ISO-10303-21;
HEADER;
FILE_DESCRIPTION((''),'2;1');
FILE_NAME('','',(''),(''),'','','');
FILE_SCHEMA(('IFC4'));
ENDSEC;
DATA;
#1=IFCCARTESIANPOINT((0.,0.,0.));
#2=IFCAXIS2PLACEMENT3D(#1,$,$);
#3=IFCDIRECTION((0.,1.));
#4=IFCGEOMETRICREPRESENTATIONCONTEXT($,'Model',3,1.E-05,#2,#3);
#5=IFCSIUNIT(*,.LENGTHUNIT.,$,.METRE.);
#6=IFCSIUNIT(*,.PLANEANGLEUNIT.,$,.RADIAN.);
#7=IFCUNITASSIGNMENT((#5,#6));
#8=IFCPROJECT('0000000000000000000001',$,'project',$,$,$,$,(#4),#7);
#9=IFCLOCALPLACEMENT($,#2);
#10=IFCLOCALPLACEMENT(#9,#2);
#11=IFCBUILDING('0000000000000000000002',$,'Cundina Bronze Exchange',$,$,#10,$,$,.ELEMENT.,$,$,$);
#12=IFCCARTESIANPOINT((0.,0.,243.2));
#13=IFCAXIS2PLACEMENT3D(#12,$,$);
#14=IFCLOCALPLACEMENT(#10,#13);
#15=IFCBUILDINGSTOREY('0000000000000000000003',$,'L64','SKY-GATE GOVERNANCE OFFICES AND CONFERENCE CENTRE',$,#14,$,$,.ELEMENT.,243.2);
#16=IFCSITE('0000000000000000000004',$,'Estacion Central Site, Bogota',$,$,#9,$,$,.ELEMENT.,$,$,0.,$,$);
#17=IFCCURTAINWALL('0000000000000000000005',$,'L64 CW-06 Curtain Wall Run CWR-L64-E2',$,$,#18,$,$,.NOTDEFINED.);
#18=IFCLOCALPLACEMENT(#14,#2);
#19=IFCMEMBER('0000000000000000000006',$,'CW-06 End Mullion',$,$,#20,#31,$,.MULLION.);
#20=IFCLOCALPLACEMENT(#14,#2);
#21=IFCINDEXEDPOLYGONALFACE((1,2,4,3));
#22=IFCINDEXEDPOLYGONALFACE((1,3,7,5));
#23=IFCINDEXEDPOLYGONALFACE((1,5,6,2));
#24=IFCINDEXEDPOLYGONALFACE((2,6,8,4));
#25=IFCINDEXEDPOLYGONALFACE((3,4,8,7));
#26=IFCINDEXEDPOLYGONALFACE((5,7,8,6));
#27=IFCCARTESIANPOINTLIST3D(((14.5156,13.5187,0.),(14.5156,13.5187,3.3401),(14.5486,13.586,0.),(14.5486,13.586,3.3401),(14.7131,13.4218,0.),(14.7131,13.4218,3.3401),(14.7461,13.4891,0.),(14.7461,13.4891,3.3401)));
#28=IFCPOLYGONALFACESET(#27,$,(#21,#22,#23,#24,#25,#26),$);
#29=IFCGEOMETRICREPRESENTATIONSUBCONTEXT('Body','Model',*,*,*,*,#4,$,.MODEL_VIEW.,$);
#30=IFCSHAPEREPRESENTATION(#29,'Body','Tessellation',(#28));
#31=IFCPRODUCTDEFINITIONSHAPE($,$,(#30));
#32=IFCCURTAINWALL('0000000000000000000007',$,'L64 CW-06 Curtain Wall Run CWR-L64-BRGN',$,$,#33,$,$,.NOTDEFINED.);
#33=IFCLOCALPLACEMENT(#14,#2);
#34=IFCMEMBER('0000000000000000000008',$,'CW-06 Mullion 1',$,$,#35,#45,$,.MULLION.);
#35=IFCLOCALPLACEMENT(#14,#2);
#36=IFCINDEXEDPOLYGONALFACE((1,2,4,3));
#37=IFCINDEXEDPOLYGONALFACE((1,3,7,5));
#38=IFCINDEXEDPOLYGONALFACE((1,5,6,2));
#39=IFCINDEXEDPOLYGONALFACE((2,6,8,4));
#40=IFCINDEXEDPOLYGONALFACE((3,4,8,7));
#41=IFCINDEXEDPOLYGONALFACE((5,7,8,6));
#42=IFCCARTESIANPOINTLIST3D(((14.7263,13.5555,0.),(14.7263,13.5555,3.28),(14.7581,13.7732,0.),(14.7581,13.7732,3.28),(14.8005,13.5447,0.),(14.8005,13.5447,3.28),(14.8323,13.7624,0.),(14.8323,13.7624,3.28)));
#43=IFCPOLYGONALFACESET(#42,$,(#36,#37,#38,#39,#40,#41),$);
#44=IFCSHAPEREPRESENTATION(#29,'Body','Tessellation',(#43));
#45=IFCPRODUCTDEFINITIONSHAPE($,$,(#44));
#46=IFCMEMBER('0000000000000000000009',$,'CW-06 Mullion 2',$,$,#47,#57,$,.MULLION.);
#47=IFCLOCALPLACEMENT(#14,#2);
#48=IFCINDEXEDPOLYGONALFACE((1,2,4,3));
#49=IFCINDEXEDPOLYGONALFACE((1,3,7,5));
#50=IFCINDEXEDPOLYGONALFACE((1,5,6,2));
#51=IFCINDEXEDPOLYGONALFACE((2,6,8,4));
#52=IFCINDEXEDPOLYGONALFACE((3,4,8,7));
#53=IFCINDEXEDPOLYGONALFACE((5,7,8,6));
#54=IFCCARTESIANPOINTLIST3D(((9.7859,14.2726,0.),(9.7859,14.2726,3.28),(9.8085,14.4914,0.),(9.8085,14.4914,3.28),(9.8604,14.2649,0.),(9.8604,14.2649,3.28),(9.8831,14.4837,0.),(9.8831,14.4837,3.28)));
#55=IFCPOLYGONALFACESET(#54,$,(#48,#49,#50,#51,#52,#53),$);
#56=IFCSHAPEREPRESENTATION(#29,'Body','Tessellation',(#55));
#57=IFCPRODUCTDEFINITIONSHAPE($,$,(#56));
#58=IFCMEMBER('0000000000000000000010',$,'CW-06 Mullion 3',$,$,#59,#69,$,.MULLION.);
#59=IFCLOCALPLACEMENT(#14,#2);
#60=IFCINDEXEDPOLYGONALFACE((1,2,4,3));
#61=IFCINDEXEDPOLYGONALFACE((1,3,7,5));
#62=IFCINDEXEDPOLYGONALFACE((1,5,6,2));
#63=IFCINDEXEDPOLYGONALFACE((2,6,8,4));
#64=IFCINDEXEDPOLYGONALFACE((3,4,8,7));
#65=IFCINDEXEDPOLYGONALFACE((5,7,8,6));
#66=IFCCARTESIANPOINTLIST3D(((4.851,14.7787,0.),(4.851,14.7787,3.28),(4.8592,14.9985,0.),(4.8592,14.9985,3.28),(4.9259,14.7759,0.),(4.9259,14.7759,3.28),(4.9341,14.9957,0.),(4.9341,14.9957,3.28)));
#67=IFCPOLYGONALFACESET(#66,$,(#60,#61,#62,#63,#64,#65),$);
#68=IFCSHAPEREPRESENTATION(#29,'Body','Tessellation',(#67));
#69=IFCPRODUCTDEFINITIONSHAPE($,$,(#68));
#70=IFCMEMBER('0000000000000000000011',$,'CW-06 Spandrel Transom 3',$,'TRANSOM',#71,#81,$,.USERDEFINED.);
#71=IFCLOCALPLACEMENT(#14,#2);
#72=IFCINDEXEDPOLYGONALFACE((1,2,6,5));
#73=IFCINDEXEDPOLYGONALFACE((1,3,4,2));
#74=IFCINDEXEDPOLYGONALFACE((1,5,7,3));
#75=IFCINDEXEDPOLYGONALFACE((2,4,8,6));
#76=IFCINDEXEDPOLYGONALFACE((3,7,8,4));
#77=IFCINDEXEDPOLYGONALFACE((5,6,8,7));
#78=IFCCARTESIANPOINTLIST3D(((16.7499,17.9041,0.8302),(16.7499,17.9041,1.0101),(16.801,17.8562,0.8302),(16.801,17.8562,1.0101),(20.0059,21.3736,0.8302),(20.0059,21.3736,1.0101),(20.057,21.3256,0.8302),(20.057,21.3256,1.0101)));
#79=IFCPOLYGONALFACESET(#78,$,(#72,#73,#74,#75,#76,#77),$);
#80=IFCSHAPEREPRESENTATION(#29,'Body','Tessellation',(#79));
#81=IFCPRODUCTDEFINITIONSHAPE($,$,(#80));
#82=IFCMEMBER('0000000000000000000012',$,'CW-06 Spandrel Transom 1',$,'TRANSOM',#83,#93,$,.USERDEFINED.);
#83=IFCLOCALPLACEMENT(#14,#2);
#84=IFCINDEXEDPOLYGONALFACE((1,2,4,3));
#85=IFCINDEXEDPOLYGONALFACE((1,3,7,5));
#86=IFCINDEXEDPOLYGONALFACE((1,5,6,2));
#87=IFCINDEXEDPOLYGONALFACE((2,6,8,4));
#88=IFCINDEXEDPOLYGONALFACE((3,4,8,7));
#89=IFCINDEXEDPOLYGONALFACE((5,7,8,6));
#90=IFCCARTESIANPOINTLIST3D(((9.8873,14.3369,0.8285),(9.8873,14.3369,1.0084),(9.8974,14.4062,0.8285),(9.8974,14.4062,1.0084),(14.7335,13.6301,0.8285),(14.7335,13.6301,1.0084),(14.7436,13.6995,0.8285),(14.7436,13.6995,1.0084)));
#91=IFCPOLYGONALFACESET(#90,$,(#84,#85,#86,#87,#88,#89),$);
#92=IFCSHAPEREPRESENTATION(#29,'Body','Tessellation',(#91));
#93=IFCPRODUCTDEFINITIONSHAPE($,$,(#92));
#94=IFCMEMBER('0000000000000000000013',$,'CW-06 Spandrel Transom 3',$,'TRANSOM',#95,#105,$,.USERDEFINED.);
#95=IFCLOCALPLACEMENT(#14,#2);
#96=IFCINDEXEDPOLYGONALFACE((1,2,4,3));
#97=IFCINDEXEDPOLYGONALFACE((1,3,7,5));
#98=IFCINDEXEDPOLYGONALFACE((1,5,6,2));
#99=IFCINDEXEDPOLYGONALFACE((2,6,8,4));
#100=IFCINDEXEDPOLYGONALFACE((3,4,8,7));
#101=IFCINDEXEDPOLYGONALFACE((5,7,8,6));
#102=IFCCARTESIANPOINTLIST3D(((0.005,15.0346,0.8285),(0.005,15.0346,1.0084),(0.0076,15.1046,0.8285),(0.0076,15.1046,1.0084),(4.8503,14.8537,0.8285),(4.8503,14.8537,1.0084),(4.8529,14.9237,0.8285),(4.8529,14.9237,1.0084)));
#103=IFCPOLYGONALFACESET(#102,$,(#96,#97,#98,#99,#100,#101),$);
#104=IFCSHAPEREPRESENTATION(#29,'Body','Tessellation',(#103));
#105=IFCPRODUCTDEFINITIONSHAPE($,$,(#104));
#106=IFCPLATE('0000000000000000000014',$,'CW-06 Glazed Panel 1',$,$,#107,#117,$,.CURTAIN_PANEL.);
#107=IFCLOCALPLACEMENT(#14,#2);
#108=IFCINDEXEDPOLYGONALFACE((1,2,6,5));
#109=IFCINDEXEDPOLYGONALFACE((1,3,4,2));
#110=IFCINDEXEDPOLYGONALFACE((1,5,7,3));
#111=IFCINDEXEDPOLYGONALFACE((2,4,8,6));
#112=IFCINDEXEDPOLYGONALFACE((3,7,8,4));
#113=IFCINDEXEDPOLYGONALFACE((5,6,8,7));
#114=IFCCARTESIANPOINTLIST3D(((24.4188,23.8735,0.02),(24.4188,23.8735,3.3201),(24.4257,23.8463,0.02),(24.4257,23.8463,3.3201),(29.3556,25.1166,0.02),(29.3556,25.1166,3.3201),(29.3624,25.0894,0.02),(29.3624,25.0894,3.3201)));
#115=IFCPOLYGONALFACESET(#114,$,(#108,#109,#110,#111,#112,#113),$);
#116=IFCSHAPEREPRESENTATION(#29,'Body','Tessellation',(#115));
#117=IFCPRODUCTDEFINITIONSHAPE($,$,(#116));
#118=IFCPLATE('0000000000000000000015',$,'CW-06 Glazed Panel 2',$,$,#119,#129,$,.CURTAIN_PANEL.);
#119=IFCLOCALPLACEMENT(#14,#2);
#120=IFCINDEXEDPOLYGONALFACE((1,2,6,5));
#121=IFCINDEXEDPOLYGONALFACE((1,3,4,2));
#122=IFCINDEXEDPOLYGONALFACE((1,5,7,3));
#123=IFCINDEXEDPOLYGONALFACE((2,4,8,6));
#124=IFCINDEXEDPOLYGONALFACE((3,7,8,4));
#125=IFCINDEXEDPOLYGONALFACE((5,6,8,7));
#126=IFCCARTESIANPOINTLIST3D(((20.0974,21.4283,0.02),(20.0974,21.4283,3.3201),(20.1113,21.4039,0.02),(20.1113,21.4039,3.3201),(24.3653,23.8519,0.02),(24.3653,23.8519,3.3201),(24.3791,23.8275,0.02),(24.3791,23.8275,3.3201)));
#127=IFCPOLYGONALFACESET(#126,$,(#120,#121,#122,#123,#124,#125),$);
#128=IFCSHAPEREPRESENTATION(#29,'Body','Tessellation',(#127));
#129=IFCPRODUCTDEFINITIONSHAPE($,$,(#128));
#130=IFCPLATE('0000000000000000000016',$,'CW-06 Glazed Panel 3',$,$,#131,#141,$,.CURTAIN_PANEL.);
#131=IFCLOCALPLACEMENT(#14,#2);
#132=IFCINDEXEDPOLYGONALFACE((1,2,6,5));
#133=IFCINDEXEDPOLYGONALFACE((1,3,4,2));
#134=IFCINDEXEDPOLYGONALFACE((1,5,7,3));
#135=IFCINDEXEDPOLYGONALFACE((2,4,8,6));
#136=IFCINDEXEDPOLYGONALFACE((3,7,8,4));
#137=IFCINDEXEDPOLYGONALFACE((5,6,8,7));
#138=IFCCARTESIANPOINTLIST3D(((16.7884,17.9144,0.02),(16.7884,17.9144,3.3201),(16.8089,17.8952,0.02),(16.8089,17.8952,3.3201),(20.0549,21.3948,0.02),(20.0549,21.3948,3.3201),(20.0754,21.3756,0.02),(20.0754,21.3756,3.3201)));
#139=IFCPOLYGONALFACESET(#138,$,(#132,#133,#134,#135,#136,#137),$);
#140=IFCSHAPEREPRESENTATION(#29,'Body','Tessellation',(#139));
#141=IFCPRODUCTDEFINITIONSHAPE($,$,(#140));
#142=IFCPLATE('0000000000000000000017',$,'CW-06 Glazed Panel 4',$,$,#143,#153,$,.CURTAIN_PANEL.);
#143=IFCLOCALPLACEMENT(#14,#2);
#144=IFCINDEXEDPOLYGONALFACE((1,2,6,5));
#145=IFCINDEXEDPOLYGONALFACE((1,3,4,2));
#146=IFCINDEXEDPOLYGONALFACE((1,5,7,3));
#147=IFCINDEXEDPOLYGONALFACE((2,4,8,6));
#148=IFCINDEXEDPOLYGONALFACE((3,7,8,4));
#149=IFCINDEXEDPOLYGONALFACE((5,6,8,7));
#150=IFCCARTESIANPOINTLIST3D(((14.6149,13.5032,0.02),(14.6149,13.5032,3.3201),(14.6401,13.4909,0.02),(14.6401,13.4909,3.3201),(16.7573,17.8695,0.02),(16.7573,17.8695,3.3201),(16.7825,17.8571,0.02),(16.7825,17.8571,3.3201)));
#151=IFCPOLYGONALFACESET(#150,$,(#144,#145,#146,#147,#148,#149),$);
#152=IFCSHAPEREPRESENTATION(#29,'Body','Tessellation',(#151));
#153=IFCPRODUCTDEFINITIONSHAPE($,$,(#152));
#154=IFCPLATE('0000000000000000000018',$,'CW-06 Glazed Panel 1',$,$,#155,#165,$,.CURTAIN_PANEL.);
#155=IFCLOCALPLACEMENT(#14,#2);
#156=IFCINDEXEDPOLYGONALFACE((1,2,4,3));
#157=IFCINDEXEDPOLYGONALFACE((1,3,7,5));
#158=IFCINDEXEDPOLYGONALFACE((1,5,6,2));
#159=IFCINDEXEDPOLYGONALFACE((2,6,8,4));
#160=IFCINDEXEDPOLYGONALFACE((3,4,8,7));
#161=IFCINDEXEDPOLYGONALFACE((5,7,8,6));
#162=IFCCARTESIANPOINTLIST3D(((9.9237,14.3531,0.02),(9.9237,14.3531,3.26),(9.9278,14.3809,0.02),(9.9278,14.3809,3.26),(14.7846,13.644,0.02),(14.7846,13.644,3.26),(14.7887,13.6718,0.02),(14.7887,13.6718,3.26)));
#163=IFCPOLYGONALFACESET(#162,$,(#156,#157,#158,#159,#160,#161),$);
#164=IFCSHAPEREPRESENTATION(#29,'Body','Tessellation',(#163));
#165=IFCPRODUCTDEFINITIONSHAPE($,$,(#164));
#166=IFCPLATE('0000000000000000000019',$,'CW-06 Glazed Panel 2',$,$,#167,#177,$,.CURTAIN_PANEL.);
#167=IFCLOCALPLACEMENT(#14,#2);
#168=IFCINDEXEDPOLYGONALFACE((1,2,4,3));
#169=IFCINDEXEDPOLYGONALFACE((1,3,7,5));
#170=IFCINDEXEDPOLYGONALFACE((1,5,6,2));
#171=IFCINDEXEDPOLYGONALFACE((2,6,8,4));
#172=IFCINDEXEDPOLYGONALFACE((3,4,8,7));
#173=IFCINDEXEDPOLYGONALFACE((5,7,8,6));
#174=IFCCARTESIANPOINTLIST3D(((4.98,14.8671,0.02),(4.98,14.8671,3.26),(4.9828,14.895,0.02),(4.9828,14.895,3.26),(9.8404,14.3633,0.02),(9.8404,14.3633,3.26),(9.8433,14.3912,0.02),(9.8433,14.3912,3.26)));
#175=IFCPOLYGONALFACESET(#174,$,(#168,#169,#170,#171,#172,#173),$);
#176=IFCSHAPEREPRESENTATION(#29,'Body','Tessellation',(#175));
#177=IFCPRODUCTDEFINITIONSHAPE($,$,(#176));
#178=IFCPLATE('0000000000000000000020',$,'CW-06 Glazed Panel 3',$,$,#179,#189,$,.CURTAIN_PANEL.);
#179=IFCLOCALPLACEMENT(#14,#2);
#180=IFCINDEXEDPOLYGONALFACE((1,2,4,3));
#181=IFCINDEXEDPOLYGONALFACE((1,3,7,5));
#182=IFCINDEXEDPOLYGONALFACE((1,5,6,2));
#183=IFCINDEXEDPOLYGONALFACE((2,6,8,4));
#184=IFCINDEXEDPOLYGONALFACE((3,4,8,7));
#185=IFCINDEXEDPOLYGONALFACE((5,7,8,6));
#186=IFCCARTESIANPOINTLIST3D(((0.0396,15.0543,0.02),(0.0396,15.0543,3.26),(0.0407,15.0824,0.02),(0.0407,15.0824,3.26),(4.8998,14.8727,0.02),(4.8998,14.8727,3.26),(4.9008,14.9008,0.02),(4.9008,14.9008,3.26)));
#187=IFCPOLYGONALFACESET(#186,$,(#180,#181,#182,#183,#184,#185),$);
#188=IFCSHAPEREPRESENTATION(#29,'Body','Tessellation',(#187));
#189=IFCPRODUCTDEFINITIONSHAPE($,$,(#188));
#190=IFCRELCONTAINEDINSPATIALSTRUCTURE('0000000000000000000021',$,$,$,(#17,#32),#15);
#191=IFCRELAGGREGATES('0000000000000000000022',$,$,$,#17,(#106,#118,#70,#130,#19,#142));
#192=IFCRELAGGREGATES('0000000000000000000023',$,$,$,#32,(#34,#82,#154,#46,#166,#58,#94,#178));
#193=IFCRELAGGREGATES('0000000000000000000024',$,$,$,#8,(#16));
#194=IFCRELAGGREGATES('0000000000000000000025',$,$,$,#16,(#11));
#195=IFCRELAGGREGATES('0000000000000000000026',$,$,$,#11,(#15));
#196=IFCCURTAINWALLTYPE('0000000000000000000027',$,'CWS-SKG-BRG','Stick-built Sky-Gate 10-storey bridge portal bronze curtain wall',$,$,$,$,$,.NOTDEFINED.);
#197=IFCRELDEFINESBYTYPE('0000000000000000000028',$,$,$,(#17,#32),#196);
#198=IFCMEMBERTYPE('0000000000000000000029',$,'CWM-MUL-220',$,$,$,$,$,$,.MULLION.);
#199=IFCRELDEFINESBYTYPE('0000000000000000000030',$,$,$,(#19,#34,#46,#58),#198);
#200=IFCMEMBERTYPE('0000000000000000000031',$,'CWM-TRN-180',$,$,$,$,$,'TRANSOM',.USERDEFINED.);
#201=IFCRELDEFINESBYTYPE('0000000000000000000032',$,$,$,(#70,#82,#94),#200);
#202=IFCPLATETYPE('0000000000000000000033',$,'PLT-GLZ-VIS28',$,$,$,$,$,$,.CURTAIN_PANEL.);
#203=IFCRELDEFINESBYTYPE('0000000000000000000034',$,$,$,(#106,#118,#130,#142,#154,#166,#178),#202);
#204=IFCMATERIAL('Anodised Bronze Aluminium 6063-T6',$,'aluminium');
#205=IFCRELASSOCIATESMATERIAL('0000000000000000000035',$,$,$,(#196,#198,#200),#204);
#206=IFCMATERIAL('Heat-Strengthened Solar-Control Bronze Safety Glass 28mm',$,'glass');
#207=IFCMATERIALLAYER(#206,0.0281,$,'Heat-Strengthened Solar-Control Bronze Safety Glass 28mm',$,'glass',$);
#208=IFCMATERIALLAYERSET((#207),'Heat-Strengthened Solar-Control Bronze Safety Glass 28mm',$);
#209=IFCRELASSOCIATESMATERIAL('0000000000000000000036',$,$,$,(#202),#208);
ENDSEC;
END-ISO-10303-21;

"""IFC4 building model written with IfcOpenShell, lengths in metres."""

from ifc_helpers import new_model, si_unit, direction, frame, origin, origin_2d, place, context, subcontext, project, spatial, rectangle, extrude, material, layer, layer_set, material_profile, profile_set, type_object, element, aggregate, save


model = new_model("IFC4")

# Units and contexts
model_context = context("Model", 3, precision=1e-05, world=origin(), true_north=direction((0.0, 1.0)))
body_context = subcontext(model_context, "Body", "Model", "MODEL_VIEW")
ifc_project = project(units=[si_unit("LENGTHUNIT", "METRE"), si_unit("PLANEANGLEUNIT", "RADIAN")], contexts=[model_context])

# Site, building, storey
site_placement = place(None, origin())
site = spatial("IfcSite", under=ifc_project, at=site_placement, Name="Estacion Central Site, Bogota", CompositionType="ELEMENT", RefElevation=0.0)
building_placement = place(site_placement, origin())
building = spatial("IfcBuilding", under=site, at=building_placement, Name="Cundina Bronze Exchange", CompositionType="ELEMENT")
storey_placement = place(building_placement, frame((0.0, 0.0, 243.2)))
storey = spatial("IfcBuildingStorey", under=building, at=storey_placement, Name="L64", Description="SKY-GATE GOVERNANCE OFFICES AND CONFERENCE CENTRE", CompositionType="ELEMENT", Elevation=243.2)

# Curtain walls, members
ifc_material_1 = material(Name="Anodised Bronze Aluminium 6063-T6", Category="aluminium")
curtain_wall_type = type_object("IfcCurtainWallType", Name="CWS-SKG-BRG", Description="Stick-built Sky-Gate 10-storey bridge portal bronze curtain wall", PredefinedType="NOTDEFINED", material=ifc_material_1)
curtain_wall_1_placement = place(storey_placement, origin())
curtain_wall_1 = element("IfcCurtainWall", 1, at=curtain_wall_1_placement, inside=storey, type_object=curtain_wall_type, Name="L64 CW-06 Curtain Wall Run CWR-L64-E2", PredefinedType="NOTDEFINED")
ifc_material_profile_1 = material_profile(ifc_material_1, rectangle(XDim=0.075, YDim=0.22, at=origin_2d()), Name="AL75X220", Category="aluminium")
ifc_profile_set_1 = profile_set([ifc_material_profile_1], Name="Anodised Bronze Aluminium 6063-T6")
member_type_1 = type_object("IfcMemberType", Name="CWM-MUL-220", PredefinedType="MULLION", material=ifc_profile_set_1)
member_1_placement = place(storey_placement, frame((14.6309, 13.5039, 0.0), z_axis=(0.0, 0.0, 1.0), x_axis=(-0.440566, -0.89772, 0.0)))
member_1 = element("IfcMember", 2, at=member_1_placement, type_object=member_type_1, Name="CW-06 End Mullion", PredefinedType="MULLION", context=body_context, shape_type="SweptSolid", body=[
    extrude(rectangle(XDim=0.075, YDim=0.22, at=origin_2d()), origin(), (0.0, 0.0, 1.0), 3.3401),
])
curtain_wall_2_placement = place(storey_placement, origin())
curtain_wall_2 = element("IfcCurtainWall", 3, at=curtain_wall_2_placement, inside=storey, type_object=curtain_wall_type, Name="L64 CW-06 Curtain Wall Run CWR-L64-BRGN", PredefinedType="NOTDEFINED")
member_2_placement = place(storey_placement, frame((14.7793, 13.6589, 0.0), z_axis=(0.0, 0.0, 1.0), x_axis=(-0.989526, 0.144356, 0.0)))
member_2 = element("IfcMember", 4, at=member_2_placement, type_object=member_type_1, Name="CW-06 Mullion 1", PredefinedType="MULLION", context=body_context, shape_type="SweptSolid", body=[
    extrude(rectangle(XDim=0.075, YDim=0.22, at=origin_2d()), origin(), (0.0, 0.0, 1.0), 3.28),
])
member_3_placement = place(storey_placement, frame((9.8345, 14.3782, 0.0), z_axis=(0.0, 0.0, 1.0), x_axis=(-0.994667, 0.10314, 0.0)))
member_3 = element("IfcMember", 5, at=member_3_placement, type_object=member_type_1, Name="CW-06 Mullion 2", PredefinedType="MULLION", context=body_context, shape_type="SweptSolid", body=[
    extrude(rectangle(XDim=0.075, YDim=0.22, at=origin_2d()), origin(), (0.0, 0.0, 1.0), 3.28),
])
member_4_placement = place(storey_placement, frame((4.8926, 14.8872, 0.0), z_axis=(0.0, 0.0, 1.0), x_axis=(-0.999303, 0.037341, 0.0)))
member_4 = element("IfcMember", 6, at=member_4_placement, type_object=member_type_1, Name="CW-06 Mullion 3", PredefinedType="MULLION", context=body_context, shape_type="SweptSolid", body=[
    extrude(rectangle(XDim=0.075, YDim=0.22, at=origin_2d()), origin(), (0.0, 0.0, 1.0), 3.28),
])

# Members
ifc_material_profile_2 = material_profile(ifc_material_1, rectangle(XDim=0.0701, YDim=0.1799, at=origin_2d()), Name="AL70X180", Category="aluminium")
ifc_profile_set_2 = profile_set([ifc_material_profile_2], Name="Anodised Bronze Aluminium 6063-T6")
member_type_2 = type_object("IfcMemberType", Name="CWM-TRN-180", ElementType="TRANSOM", PredefinedType="USERDEFINED", material=ifc_profile_set_2)
member_5_placement = place(storey_placement, frame((20.0315, 21.3496, 0.9202), z_axis=(-0.684328, -0.729174, 0.0), x_axis=(0.729174, -0.684328, 0.0)))
member_5 = element("IfcMember", 7, at=member_5_placement, type_object=member_type_2, Name="CW-06 Spandrel Transom 3", ObjectType="TRANSOM", PredefinedType="USERDEFINED", context=body_context, shape_type="SweptSolid", body=[
    extrude(rectangle(XDim=0.0701, YDim=0.1799, at=origin_2d()), origin(), (0.0, 0.0, 1.0), 4.7581),
])
member_6_placement = place(storey_placement, frame((14.7385, 13.6648, 0.9185), z_axis=(-0.989531, 0.144317, 0.0), x_axis=(-0.144317, -0.989531, 0.0)))
member_6 = element("IfcMember", 8, at=member_6_placement, type_object=member_type_2, Name="CW-06 Spandrel Transom 1", ObjectType="TRANSOM", PredefinedType="USERDEFINED", context=body_context, shape_type="SweptSolid", body=[
    extrude(rectangle(XDim=0.0701, YDim=0.1799, at=origin_2d()), origin(), (0.0, 0.0, 1.0), 4.8975),
])
member_7_placement = place(storey_placement, frame((4.8516, 14.8887, 0.9185), z_axis=(-0.999304, 0.037312, 0.0), x_axis=(-0.037312, -0.999304, 0.0)))
member_7 = element("IfcMember", 9, at=member_7_placement, type_object=member_type_2, Name="CW-06 Spandrel Transom 3", ObjectType="TRANSOM", PredefinedType="USERDEFINED", context=body_context, shape_type="SweptSolid", body=[
    extrude(rectangle(XDim=0.0701, YDim=0.1799, at=origin_2d()), origin(), (0.0, 0.0, 1.0), 4.8486),
])

# Plates
ifc_material_2 = material(Name="Heat-Strengthened Solar-Control Bronze Safety Glass 28mm", Category="glass")
ifc_layer_1 = layer(ifc_material_2, 0.0281, Name="Heat-Strengthened Solar-Control Bronze Safety Glass 28mm", Category="glass")
ifc_layer_set_1 = layer_set([ifc_layer_1], Name="Heat-Strengthened Solar-Control Bronze Safety Glass 28mm")
plate_type = type_object("IfcPlateType", Name="PLT-GLZ-VIS28", PredefinedType="CURTAIN_PANEL", material=ifc_layer_set_1)
plate_1_placement = place(storey_placement, frame((26.8906, 24.4814, 0.02), z_axis=(0.0, 0.0, 1.0), x_axis=(-0.969732, -0.244174, 0.0)))
plate_1 = element("IfcPlate", 10, at=plate_1_placement, type_object=plate_type, Name="CW-06 Glazed Panel 1", PredefinedType="CURTAIN_PANEL", context=body_context, shape_type="SweptSolid", body=[
    extrude(rectangle(XDim=5.0908, YDim=0.0281, at=origin_2d()), origin(), (0.0, 0.0, 1.0), 3.3),
])
plate_2_placement = place(storey_placement, frame((22.2383, 22.6279, 0.02), z_axis=(0.0, 0.0, 1.0), x_axis=(-0.869573, -0.493805, 0.0)))
plate_2 = element("IfcPlate", 11, at=plate_2_placement, type_object=plate_type, Name="CW-06 Glazed Panel 2", PredefinedType="CURTAIN_PANEL", context=body_context, shape_type="SweptSolid", body=[
    extrude(rectangle(XDim=4.908, YDim=0.0281, at=origin_2d()), origin(), (0.0, 0.0, 1.0), 3.3),
])
plate_3_placement = place(storey_placement, frame((18.4319, 19.645, 0.02), z_axis=(0.0, 0.0, 1.0), x_axis=(-0.684344, -0.72916, 0.0)))
plate_3 = element("IfcPlate", 12, at=plate_3_placement, type_object=plate_type, Name="CW-06 Glazed Panel 3", PredefinedType="CURTAIN_PANEL", context=body_context, shape_type="SweptSolid", body=[
    extrude(rectangle(XDim=4.7732, YDim=0.0281, at=origin_2d()), origin(), (0.0, 0.0, 1.0), 3.3),
])
plate_4_placement = place(storey_placement, frame((15.6987, 15.6802, 0.02), z_axis=(0.0, 0.0, 1.0), x_axis=(-0.440503, -0.897751, 0.0)))
plate_4 = element("IfcPlate", 13, at=plate_4_placement, type_object=plate_type, Name="CW-06 Glazed Panel 4", PredefinedType="CURTAIN_PANEL", context=body_context, shape_type="SweptSolid", body=[
    extrude(rectangle(XDim=4.8635, YDim=0.0281, at=origin_2d()), origin(), (0.0, 0.0, 1.0), 3.3),
])
aggregate(curtain_wall_1, [plate_1, plate_2, member_5, plate_3, member_1, plate_4])
plate_5_placement = place(storey_placement, frame((12.3562, 14.0125, 0.02), z_axis=(0.0, 0.0, 1.0), x_axis=(-0.989528, 0.144339, 0.0)))
plate_5 = element("IfcPlate", 14, at=plate_5_placement, type_object=plate_type, Name="CW-06 Glazed Panel 1", PredefinedType="CURTAIN_PANEL", context=body_context, shape_type="SweptSolid", body=[
    extrude(rectangle(XDim=4.9124, YDim=0.0281, at=origin_2d()), origin(), (0.0, 0.0, 1.0), 3.24),
])
plate_6_placement = place(storey_placement, frame((7.4116, 14.6292, 0.02), z_axis=(0.0, 0.0, 1.0), x_axis=(-0.994672, 0.103088, 0.0)))
plate_6 = element("IfcPlate", 15, at=plate_6_placement, type_object=plate_type, Name="CW-06 Glazed Panel 2", PredefinedType="CURTAIN_PANEL", context=body_context, shape_type="SweptSolid", body=[
    extrude(rectangle(XDim=4.8865, YDim=0.0281, at=origin_2d()), origin(), (0.0, 0.0, 1.0), 3.24),
])
plate_7_placement = place(storey_placement, frame((2.4702, 14.9775, 0.02), z_axis=(0.0, 0.0, 1.0), x_axis=(-0.999303, 0.037341, 0.0)))
plate_7 = element("IfcPlate", 16, at=plate_7_placement, type_object=plate_type, Name="CW-06 Glazed Panel 3", PredefinedType="CURTAIN_PANEL", context=body_context, shape_type="SweptSolid", body=[
    extrude(rectangle(XDim=4.8635, YDim=0.0281, at=origin_2d()), origin(), (0.0, 0.0, 1.0), 3.24),
])
aggregate(curtain_wall_2, [member_2, member_6, plate_5, member_3, plate_6, member_4, member_7, plate_7])

save(model, "model.ifc")
